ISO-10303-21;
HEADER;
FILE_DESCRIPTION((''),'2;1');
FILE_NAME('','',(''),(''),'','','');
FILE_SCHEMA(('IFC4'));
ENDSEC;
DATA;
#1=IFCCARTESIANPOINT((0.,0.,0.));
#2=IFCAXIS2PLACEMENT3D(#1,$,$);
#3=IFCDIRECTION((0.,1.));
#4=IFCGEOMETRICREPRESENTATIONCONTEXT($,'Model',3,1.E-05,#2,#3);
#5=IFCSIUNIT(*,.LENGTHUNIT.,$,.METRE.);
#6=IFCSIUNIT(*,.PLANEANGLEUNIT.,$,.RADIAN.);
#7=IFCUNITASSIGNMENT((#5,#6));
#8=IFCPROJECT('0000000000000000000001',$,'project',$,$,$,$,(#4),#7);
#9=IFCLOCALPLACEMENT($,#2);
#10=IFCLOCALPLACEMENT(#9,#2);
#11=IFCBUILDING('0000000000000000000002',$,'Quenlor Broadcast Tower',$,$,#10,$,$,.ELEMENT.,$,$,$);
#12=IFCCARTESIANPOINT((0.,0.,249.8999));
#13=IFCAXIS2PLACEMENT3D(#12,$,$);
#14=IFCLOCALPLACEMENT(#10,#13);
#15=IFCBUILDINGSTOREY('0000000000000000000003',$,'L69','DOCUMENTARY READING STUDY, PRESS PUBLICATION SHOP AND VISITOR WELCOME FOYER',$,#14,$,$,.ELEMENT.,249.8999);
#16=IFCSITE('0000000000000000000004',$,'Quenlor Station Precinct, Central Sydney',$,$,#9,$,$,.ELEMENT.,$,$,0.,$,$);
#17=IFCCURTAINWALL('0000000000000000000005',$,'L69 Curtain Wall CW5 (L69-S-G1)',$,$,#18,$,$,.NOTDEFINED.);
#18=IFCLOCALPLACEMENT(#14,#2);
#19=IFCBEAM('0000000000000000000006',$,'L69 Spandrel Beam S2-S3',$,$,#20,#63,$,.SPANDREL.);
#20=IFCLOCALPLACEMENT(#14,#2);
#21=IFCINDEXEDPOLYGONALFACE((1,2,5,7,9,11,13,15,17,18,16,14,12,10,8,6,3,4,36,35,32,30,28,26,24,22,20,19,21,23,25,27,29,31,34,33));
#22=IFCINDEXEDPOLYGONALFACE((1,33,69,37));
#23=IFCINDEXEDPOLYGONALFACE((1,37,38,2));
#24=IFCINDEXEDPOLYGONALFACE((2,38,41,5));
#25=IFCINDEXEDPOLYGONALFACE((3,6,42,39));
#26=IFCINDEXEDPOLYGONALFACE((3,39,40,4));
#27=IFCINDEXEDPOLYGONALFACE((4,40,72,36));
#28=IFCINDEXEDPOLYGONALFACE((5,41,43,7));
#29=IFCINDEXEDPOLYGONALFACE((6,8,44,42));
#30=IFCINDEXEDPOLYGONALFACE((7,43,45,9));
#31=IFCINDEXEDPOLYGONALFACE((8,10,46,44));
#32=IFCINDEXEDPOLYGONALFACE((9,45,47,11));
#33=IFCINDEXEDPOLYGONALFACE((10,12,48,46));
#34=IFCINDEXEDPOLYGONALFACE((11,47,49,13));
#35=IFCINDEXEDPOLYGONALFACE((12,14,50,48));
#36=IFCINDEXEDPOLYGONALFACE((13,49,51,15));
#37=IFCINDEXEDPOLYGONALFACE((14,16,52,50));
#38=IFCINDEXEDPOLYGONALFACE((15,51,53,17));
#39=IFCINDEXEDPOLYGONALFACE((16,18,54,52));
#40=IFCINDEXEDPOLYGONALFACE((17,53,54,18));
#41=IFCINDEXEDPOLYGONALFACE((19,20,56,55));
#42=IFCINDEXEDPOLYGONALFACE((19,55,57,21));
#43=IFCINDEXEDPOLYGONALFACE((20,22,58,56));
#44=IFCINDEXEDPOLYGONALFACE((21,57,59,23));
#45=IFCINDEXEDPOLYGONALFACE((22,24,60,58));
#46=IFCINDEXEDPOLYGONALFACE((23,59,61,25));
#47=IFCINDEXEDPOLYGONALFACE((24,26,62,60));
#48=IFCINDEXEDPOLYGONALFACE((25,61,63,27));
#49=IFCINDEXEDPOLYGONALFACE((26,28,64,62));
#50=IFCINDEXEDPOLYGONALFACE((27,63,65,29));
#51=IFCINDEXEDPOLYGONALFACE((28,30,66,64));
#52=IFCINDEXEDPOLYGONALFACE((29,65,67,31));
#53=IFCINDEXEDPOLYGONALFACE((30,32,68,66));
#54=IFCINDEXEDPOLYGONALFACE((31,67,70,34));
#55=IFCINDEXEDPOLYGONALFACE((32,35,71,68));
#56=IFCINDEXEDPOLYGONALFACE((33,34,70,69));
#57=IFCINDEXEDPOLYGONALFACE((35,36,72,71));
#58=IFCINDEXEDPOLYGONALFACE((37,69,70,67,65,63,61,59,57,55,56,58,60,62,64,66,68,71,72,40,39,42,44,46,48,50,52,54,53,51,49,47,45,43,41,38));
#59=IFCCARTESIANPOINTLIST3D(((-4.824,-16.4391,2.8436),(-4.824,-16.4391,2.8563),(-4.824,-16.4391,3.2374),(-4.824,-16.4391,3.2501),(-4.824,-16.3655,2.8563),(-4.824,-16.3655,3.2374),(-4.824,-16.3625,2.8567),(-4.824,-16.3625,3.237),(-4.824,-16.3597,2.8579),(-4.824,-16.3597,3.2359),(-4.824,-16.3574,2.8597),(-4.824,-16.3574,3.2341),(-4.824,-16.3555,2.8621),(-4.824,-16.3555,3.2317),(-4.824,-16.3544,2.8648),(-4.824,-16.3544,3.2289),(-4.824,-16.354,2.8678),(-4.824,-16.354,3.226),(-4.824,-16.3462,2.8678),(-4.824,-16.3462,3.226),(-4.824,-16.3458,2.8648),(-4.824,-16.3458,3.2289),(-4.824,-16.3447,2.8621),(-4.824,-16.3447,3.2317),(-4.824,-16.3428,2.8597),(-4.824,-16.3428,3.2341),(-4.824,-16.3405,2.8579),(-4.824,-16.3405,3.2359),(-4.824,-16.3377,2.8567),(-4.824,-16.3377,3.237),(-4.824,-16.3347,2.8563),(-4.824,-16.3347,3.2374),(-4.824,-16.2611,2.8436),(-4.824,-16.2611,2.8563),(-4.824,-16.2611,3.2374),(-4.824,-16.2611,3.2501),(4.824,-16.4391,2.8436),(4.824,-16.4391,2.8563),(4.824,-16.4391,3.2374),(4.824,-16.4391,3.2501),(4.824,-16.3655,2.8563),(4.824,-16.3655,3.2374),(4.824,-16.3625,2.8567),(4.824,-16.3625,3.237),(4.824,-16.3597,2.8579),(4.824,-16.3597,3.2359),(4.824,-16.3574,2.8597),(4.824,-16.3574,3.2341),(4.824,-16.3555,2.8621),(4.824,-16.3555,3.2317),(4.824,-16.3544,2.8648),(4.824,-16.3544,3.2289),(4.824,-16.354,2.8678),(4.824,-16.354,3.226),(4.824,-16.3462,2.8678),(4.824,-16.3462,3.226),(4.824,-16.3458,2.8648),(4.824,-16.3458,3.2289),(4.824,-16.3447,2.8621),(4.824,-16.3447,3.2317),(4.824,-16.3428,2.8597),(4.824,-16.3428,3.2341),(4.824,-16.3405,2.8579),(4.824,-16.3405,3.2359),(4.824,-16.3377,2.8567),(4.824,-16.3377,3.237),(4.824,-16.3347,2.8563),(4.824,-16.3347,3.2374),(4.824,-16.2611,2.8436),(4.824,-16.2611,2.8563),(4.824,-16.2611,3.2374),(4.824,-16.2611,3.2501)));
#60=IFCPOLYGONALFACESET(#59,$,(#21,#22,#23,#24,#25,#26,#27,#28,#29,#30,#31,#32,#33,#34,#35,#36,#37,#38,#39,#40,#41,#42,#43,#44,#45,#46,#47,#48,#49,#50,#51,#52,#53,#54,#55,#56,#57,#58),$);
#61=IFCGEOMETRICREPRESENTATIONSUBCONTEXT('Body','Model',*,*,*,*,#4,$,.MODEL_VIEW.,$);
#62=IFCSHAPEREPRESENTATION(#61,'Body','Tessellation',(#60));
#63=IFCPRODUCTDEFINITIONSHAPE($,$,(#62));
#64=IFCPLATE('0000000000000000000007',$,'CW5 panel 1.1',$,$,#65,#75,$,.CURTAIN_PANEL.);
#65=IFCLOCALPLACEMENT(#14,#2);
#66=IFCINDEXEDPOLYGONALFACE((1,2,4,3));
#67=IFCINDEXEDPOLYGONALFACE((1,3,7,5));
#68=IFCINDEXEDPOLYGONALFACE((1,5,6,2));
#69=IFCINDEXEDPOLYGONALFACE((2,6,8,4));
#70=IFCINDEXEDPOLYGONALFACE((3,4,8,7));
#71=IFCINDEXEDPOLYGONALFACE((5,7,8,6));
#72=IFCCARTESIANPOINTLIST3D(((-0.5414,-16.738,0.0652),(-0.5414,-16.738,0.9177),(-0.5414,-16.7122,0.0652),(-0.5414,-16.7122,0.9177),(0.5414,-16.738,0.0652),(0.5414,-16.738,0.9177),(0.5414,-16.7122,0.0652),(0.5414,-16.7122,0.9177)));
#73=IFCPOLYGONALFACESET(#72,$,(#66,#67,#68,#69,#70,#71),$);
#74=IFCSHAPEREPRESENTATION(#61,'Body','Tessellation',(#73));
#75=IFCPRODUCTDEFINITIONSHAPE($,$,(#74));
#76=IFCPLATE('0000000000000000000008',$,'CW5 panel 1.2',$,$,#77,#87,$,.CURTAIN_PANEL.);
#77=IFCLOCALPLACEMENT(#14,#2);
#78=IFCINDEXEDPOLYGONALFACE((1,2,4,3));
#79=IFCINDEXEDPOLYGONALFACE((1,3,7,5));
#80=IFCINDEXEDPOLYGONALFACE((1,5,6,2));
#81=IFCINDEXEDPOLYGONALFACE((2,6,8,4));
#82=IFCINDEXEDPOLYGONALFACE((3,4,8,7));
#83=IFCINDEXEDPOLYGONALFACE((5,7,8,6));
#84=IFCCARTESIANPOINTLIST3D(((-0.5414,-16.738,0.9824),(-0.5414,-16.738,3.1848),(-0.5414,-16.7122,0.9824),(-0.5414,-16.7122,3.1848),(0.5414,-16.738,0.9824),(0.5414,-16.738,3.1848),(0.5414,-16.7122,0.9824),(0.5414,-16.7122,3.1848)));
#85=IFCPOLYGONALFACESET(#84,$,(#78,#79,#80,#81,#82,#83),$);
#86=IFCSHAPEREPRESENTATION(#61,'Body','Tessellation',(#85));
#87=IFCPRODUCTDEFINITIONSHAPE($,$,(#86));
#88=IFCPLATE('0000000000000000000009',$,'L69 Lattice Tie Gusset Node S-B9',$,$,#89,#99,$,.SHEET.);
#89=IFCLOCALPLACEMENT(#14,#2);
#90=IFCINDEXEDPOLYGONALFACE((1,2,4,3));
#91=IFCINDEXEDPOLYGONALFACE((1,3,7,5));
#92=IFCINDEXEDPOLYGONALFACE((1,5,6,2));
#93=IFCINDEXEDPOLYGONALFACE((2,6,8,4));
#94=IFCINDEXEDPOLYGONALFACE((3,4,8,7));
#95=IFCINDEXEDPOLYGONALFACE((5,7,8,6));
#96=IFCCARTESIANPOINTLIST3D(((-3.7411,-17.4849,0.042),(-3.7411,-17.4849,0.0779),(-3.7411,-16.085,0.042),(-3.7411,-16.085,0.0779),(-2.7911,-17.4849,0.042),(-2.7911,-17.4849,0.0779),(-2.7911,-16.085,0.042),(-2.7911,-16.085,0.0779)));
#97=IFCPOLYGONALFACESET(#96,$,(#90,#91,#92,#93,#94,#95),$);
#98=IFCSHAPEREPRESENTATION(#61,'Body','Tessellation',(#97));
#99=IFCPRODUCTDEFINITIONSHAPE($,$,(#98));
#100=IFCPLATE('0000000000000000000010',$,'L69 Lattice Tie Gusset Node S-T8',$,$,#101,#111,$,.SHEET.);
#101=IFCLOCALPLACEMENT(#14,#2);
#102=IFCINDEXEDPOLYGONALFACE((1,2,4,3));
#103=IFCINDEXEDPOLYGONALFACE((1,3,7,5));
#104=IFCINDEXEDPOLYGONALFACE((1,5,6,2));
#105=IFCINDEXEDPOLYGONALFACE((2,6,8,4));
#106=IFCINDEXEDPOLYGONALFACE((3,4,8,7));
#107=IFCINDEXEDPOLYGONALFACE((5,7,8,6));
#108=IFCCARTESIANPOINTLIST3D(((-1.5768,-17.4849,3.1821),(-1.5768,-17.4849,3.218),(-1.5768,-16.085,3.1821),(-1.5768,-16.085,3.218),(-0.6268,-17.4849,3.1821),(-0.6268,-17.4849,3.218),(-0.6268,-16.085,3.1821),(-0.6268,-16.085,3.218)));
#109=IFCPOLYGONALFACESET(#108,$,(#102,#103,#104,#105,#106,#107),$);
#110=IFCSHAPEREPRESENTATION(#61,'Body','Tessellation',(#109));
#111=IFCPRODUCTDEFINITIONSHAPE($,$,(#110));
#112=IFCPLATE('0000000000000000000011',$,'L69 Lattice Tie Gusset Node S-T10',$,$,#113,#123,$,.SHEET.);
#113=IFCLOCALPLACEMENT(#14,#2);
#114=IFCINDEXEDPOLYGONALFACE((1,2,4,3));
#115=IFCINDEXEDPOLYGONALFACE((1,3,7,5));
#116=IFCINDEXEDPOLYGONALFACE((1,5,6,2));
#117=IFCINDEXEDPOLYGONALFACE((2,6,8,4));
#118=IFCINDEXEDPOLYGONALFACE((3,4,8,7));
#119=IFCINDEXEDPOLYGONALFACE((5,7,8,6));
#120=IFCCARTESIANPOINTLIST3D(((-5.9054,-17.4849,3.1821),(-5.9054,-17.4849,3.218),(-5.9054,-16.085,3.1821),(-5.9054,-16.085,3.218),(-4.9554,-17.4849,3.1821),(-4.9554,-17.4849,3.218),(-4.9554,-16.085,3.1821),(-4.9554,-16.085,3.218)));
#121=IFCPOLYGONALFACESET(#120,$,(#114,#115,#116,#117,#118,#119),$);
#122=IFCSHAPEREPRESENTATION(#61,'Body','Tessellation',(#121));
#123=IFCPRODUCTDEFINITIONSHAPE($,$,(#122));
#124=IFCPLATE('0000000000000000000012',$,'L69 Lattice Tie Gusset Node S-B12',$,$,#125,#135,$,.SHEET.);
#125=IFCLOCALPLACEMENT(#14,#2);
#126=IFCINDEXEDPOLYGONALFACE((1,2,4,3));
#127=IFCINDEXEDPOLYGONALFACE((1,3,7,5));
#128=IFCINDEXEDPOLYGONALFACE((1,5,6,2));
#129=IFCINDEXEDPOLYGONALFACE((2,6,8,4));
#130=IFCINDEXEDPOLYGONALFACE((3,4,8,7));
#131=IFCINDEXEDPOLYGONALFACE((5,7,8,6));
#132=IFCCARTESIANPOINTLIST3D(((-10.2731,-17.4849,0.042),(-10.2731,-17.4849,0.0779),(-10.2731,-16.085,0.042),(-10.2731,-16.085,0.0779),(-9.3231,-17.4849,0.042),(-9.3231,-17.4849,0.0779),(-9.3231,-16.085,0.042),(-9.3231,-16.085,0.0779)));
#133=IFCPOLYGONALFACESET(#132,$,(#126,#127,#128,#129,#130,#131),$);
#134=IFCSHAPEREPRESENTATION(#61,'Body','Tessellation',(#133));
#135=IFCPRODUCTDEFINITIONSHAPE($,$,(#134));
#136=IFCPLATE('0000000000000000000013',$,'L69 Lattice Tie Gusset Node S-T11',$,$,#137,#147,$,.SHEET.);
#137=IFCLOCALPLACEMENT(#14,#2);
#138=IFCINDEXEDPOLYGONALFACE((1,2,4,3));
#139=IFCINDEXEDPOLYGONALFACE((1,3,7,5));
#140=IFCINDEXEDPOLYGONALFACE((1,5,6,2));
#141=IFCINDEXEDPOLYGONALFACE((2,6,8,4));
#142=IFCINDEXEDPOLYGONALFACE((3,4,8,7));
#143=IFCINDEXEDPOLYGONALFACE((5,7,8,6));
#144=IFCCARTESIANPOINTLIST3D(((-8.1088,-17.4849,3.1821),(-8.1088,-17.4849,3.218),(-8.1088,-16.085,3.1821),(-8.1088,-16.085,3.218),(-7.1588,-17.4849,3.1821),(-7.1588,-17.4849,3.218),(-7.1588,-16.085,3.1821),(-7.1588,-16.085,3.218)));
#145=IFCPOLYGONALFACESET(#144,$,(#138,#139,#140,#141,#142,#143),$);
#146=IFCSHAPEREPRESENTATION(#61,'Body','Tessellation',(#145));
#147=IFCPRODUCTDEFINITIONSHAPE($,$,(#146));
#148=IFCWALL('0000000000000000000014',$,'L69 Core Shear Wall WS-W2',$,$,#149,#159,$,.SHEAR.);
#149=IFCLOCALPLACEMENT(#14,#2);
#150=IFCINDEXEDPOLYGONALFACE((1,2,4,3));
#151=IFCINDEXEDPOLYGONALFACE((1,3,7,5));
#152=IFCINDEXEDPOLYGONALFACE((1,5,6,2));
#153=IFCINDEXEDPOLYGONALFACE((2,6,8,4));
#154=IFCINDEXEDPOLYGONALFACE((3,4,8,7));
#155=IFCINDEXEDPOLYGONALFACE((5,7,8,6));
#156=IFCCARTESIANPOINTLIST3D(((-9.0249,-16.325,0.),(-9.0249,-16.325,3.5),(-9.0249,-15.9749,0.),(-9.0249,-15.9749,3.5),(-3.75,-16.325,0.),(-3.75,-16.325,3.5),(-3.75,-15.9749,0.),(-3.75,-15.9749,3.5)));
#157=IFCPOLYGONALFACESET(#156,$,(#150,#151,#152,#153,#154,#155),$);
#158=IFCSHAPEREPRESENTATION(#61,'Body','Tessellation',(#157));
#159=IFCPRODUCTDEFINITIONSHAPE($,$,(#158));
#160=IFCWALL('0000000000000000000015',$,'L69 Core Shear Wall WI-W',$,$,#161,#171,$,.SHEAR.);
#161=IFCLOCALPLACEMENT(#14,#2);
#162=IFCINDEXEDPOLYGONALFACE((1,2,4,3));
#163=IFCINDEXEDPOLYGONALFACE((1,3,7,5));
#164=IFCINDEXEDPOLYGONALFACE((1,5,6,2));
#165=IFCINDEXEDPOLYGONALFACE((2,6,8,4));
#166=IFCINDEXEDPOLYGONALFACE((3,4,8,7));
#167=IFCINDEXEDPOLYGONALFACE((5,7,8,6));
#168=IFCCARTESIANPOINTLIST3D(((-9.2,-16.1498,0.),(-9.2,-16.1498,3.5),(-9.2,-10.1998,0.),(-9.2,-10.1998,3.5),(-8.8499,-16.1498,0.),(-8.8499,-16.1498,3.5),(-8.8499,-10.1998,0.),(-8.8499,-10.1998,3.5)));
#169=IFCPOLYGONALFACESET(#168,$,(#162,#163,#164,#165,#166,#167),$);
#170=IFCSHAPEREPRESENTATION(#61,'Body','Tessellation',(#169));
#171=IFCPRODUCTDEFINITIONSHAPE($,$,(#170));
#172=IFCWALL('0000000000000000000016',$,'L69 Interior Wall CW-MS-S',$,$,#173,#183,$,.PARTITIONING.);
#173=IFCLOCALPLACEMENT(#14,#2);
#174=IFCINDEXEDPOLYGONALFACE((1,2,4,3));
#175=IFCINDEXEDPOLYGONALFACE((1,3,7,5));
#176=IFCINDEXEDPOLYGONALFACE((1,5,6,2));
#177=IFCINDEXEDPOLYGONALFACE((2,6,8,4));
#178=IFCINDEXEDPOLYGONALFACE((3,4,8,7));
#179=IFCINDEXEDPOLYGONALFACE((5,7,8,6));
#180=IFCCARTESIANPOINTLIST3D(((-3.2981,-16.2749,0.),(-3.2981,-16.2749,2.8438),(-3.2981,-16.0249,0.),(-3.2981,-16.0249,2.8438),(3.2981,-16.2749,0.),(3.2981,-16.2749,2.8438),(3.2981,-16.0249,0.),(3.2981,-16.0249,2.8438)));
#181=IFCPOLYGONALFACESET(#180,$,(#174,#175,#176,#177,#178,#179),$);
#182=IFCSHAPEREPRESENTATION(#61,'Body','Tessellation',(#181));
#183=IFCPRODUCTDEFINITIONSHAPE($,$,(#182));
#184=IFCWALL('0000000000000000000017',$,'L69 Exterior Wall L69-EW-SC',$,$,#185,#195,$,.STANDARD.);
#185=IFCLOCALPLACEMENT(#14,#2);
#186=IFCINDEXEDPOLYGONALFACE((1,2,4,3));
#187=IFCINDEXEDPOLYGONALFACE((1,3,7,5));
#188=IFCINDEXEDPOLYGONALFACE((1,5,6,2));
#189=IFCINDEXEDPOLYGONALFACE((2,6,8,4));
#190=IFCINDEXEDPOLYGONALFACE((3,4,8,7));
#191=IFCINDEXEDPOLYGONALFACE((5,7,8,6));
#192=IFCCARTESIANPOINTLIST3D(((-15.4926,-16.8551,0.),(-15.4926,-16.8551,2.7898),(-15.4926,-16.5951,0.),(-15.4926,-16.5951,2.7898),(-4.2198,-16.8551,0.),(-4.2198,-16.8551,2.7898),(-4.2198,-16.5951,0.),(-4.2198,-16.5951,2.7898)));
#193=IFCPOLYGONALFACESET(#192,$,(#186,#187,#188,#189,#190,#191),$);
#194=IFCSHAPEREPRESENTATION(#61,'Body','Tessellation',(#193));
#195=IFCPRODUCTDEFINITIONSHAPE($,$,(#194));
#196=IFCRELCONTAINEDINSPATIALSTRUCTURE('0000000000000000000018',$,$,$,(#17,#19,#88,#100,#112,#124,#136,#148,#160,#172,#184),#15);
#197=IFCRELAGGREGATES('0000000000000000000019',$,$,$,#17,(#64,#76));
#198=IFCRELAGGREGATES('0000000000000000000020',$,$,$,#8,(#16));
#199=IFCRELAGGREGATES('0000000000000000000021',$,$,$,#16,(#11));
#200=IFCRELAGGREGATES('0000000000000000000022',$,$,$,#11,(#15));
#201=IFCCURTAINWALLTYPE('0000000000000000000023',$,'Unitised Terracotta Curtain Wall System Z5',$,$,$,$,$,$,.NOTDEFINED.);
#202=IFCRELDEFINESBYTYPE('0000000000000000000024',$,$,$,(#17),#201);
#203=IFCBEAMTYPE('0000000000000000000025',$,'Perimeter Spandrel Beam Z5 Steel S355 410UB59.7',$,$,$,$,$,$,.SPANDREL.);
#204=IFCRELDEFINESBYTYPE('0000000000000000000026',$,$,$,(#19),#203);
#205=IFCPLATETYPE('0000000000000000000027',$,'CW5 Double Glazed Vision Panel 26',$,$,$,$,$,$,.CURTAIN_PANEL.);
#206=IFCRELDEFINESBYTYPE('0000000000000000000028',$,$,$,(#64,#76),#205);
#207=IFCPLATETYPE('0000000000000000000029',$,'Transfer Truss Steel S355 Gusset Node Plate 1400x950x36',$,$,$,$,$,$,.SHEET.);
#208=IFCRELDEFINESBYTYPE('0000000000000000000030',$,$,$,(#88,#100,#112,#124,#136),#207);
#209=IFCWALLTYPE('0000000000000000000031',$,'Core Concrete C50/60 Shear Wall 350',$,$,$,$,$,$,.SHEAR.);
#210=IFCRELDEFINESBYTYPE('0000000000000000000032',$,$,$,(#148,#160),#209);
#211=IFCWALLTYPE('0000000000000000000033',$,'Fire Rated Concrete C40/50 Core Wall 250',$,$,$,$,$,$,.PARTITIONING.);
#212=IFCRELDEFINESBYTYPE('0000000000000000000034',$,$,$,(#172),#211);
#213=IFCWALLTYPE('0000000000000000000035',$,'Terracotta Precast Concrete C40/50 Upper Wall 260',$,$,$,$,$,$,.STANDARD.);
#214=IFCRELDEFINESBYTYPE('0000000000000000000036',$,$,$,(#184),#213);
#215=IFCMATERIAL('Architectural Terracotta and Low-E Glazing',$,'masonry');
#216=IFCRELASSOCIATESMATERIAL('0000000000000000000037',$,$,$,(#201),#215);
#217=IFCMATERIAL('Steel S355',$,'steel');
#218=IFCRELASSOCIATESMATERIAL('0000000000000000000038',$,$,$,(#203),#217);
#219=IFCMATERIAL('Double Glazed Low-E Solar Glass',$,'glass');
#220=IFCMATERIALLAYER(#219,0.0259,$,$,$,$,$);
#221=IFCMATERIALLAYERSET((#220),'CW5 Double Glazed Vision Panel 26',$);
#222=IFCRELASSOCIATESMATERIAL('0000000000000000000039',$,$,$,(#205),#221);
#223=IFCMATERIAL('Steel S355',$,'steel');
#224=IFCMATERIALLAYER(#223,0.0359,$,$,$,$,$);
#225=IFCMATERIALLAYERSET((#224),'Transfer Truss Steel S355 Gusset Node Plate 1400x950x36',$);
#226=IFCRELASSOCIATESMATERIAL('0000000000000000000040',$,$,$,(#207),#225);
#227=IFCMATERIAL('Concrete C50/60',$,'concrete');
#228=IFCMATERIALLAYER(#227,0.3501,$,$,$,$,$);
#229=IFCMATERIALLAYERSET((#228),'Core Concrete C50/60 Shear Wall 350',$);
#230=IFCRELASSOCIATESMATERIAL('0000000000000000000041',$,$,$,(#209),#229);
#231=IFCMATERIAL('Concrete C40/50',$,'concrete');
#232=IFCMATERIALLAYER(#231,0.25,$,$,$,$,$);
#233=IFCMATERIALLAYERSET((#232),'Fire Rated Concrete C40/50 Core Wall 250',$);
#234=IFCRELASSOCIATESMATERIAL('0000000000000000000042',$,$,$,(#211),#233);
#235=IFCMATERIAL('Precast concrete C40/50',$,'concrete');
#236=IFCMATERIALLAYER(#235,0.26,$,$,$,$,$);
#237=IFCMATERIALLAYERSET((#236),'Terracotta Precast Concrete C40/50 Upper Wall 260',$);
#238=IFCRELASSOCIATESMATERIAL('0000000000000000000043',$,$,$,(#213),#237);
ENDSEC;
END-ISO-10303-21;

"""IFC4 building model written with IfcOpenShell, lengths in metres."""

from ifc_helpers import new_model, si_unit, direction, frame, frame_2d, origin, origin_2d, place, context, subcontext, project, spatial, rectangle, i_section, extrude, material, layer, layer_set, material_profile, profile_set, type_object, element, aggregate, save


model = new_model("IFC4")

# Units and contexts
model_context = context("Model", 3, precision=1e-05, world=origin(), true_north=direction((0.0, 1.0)))
body_context = subcontext(model_context, "Body", "Model", "MODEL_VIEW")
ifc_project = project(units=[si_unit("LENGTHUNIT", "METRE"), si_unit("PLANEANGLEUNIT", "RADIAN")], contexts=[model_context])

# Site, building, storey
site_placement = place(None, origin())
site = spatial("IfcSite", under=ifc_project, at=site_placement, Name="Quenlor Station Precinct, Central Sydney", CompositionType="ELEMENT", RefElevation=0.0)
building_placement = place(site_placement, origin())
building = spatial("IfcBuilding", under=site, at=building_placement, Name="Quenlor Broadcast Tower", CompositionType="ELEMENT")
storey_placement = place(building_placement, frame((0.0, 0.0, 249.8999)))
storey = spatial("IfcBuildingStorey", under=building, at=storey_placement, Name="L69", Description="DOCUMENTARY READING STUDY, PRESS PUBLICATION SHOP AND VISITOR WELCOME FOYER", CompositionType="ELEMENT", Elevation=249.8999)

# Curtain wall
ifc_material_1 = material(Name="Architectural Terracotta and Low-E Glazing", Category="masonry")
curtain_wall_type = type_object("IfcCurtainWallType", Name="Unitised Terracotta Curtain Wall System Z5", PredefinedType="NOTDEFINED", material=ifc_material_1)
curtain_wall_placement = place(storey_placement, origin())
curtain_wall = element("IfcCurtainWall", 1, at=curtain_wall_placement, inside=storey, type_object=curtain_wall_type, Name="L69 Curtain Wall CW5 (L69-S-G1)", PredefinedType="NOTDEFINED")

# Beam
ifc_material_2 = material(Name="Steel S355", Category="steel")
ifc_material_profile_1 = material_profile(ifc_material_2, i_section(OverallWidth=0.178, OverallDepth=0.4065, WebThickness=0.0078, FlangeThickness=0.0127, FilletRadius=0.0115, at=origin_2d()))
ifc_profile_set_1 = profile_set([ifc_material_profile_1], Name="Steel S355 410UB59.7")
beam_type_1 = type_object("IfcBeamType", Name="Perimeter Spandrel Beam Z5 Steel S355 410UB59.7", PredefinedType="SPANDREL", material=ifc_profile_set_1)
beam_1_placement = place(storey_placement, frame((-4.824, -16.3501, 3.0469), z_axis=(1.0, 0.0, 0.0), x_axis=(0.0, 1.0, 0.0)))
element("IfcBeam", 2, at=beam_1_placement, inside=storey, type_object=beam_type_1, Name="L69 Spandrel Beam S2-S3", PredefinedType="SPANDREL", context=body_context, shape_type="SweptSolid", body=[
    extrude(i_section(OverallWidth=0.178, OverallDepth=0.4065, WebThickness=0.0078, FlangeThickness=0.0127, FilletRadius=0.0115, at=origin_2d()), origin(), (0.0, 0.0, 1.0), 9.6479),
])

# Plates
ifc_material_3 = material(Name="Double Glazed Low-E Solar Glass", Category="glass")
ifc_layer_1 = layer(ifc_material_3, 0.0259)
ifc_layer_set_1 = layer_set([ifc_layer_1], Name="CW5 Double Glazed Vision Panel 26")
plate_type_1 = type_object("IfcPlateType", Name="CW5 Double Glazed Vision Panel 26", PredefinedType="CURTAIN_PANEL", material=ifc_layer_set_1)
plate_1_placement = place(storey_placement, frame((0.0, -16.7251, 0.0652), z_axis=(0.0, 0.0, 1.0), x_axis=(-1.0, 0.0, 0.0)))
plate_1 = element("IfcPlate", 3, at=plate_1_placement, type_object=plate_type_1, Name="CW5 panel 1.1", PredefinedType="CURTAIN_PANEL", context=body_context, shape_type="SweptSolid", body=[
    extrude(rectangle(XDim=1.0828, YDim=0.0259, at=origin_2d()), origin(), (0.0, 0.0, 1.0), 0.8525),
])
plate_2_placement = place(storey_placement, frame((0.0, -16.7251, 0.9824), z_axis=(0.0, 0.0, 1.0), x_axis=(-1.0, 0.0, 0.0)))
plate_2 = element("IfcPlate", 4, at=plate_2_placement, type_object=plate_type_1, Name="CW5 panel 1.2", PredefinedType="CURTAIN_PANEL", context=body_context, shape_type="SweptSolid", body=[
    extrude(rectangle(XDim=1.0828, YDim=0.0259, at=origin_2d()), origin(), (0.0, 0.0, 1.0), 2.2024),
])
aggregate(curtain_wall, [plate_1, plate_2])

# Plates
ifc_material_4 = material(Name="Steel S355", Category="steel")
ifc_layer_2 = layer(ifc_material_4, 0.0359)
ifc_layer_set_2 = layer_set([ifc_layer_2], Name="Transfer Truss Steel S355 Gusset Node Plate 1400x950x36")
plate_type_2 = type_object("IfcPlateType", Name="Transfer Truss Steel S355 Gusset Node Plate 1400x950x36", PredefinedType="SHEET", material=ifc_layer_set_2)
for number, where, z_axis, x_axis, name in (
    (5, (-3.2661, -16.7849, 0.042), (0.0, 0.0, 1.0), (0.0, -1.0, 0.0), "L69 Lattice Tie Gusset Node S-B9"),
    (6, (-1.1018, -16.7849, 3.1821), (0.0, 0.0, 1.0), (0.0, -1.0, 0.0), "L69 Lattice Tie Gusset Node S-T8"),
    (7, (-5.4304, -16.7849, 3.1821), (0.0, 0.0, 1.0), (0.0, -1.0, 0.0), "L69 Lattice Tie Gusset Node S-T10"),
    (8, (-9.7981, -16.7849, 0.042), (0.0, 0.0, 1.0), (0.0, -1.0, 0.0), "L69 Lattice Tie Gusset Node S-B12"),
    (9, (-7.6338, -16.7849, 3.1821), (0.0, 0.0, 1.0), (0.0, -1.0, 0.0), "L69 Lattice Tie Gusset Node S-T11"),
):
    element("IfcPlate", number, at=place(storey_placement, frame(where, z_axis=z_axis, x_axis=x_axis)), inside=storey, type_object=plate_type_2, Name=name, PredefinedType="SHEET", context=body_context, shape_type="SweptSolid", body=[
        extrude(rectangle(XDim=1.3999, YDim=0.95, at=origin_2d()), origin(), (0.0, 0.0, 1.0), 0.0359),
    ])

# Walls
ifc_material_5 = material(Name="Concrete C50/60", Category="concrete")
ifc_layer_3 = layer(ifc_material_5, 0.3501)
ifc_layer_set_3 = layer_set([ifc_layer_3], Name="Core Concrete C50/60 Shear Wall 350")
wall_type_1 = type_object("IfcWallType", Name="Core Concrete C50/60 Shear Wall 350", PredefinedType="SHEAR", material=ifc_layer_set_3)
wall_1_placement = place(storey_placement, frame((-9.0249, -16.1499, 0.0), z_axis=(0.0, 0.0, 1.0), x_axis=(1.0, 0.0, 0.0)))
element("IfcWall", 10, at=wall_1_placement, inside=storey, type_object=wall_type_1, Name="L69 Core Shear Wall WS-W2", PredefinedType="SHEAR", context=body_context, shape_type="SweptSolid", body=[
    extrude(rectangle(XDim=5.2749, YDim=0.3501, at=frame_2d((2.6375, 0.0))), origin(), (0.0, 0.0, 1.0), 3.5),
])
wall_2_placement = place(storey_placement, frame((-9.0249, -16.1499, 0.0), z_axis=(0.0, 0.0, 1.0), x_axis=(0.0, 1.0, 0.0)))
element("IfcWall", 11, at=wall_2_placement, inside=storey, type_object=wall_type_1, Name="L69 Core Shear Wall WI-W", PredefinedType="SHEAR", context=body_context, shape_type="SweptSolid", body=[
    extrude(rectangle(XDim=5.95, YDim=0.3501, at=frame_2d((2.9751, 0.0))), origin(), (0.0, 0.0, 1.0), 3.5),
])
ifc_material_6 = material(Name="Concrete C40/50", Category="concrete")
ifc_layer_4 = layer(ifc_material_6, 0.25)
ifc_layer_set_4 = layer_set([ifc_layer_4], Name="Fire Rated Concrete C40/50 Core Wall 250")
wall_type_2 = type_object("IfcWallType", Name="Fire Rated Concrete C40/50 Core Wall 250", PredefinedType="PARTITIONING", material=ifc_layer_set_4)
wall_3_placement = place(storey_placement, frame((-3.2981, -16.1499, 0.0), z_axis=(0.0, 0.0, 1.0), x_axis=(1.0, 0.0, 0.0)))
element("IfcWall", 12, at=wall_3_placement, inside=storey, type_object=wall_type_2, Name="L69 Interior Wall CW-MS-S", PredefinedType="PARTITIONING", context=body_context, shape_type="SweptSolid", body=[
    extrude(rectangle(XDim=6.5962, YDim=0.25, at=frame_2d((3.2981, 0.0))), origin(), (0.0, 0.0, 1.0), 2.8438),
])
ifc_material_7 = material(Name="Precast concrete C40/50", Category="concrete")
ifc_layer_5 = layer(ifc_material_7, 0.26)
ifc_layer_set_5 = layer_set([ifc_layer_5], Name="Terracotta Precast Concrete C40/50 Upper Wall 260")
wall_type_3 = type_object("IfcWallType", Name="Terracotta Precast Concrete C40/50 Upper Wall 260", PredefinedType="STANDARD", material=ifc_layer_set_5)
wall_4_placement = place(storey_placement, frame((-4.22, -16.7251, 0.0), z_axis=(0.0, 0.0, 1.0), x_axis=(-1.0, 0.0, 0.0)))
element("IfcWall", 13, at=wall_4_placement, inside=storey, type_object=wall_type_3, Name="L69 Exterior Wall L69-EW-SC", PredefinedType="STANDARD", context=body_context, shape_type="SweptSolid", body=[
    extrude(rectangle(XDim=11.2727, YDim=0.26, at=frame_2d((5.6362, 0.0))), origin(), (0.0, 0.0, 1.0), 2.7898),
])

save(model, "model.ifc")
